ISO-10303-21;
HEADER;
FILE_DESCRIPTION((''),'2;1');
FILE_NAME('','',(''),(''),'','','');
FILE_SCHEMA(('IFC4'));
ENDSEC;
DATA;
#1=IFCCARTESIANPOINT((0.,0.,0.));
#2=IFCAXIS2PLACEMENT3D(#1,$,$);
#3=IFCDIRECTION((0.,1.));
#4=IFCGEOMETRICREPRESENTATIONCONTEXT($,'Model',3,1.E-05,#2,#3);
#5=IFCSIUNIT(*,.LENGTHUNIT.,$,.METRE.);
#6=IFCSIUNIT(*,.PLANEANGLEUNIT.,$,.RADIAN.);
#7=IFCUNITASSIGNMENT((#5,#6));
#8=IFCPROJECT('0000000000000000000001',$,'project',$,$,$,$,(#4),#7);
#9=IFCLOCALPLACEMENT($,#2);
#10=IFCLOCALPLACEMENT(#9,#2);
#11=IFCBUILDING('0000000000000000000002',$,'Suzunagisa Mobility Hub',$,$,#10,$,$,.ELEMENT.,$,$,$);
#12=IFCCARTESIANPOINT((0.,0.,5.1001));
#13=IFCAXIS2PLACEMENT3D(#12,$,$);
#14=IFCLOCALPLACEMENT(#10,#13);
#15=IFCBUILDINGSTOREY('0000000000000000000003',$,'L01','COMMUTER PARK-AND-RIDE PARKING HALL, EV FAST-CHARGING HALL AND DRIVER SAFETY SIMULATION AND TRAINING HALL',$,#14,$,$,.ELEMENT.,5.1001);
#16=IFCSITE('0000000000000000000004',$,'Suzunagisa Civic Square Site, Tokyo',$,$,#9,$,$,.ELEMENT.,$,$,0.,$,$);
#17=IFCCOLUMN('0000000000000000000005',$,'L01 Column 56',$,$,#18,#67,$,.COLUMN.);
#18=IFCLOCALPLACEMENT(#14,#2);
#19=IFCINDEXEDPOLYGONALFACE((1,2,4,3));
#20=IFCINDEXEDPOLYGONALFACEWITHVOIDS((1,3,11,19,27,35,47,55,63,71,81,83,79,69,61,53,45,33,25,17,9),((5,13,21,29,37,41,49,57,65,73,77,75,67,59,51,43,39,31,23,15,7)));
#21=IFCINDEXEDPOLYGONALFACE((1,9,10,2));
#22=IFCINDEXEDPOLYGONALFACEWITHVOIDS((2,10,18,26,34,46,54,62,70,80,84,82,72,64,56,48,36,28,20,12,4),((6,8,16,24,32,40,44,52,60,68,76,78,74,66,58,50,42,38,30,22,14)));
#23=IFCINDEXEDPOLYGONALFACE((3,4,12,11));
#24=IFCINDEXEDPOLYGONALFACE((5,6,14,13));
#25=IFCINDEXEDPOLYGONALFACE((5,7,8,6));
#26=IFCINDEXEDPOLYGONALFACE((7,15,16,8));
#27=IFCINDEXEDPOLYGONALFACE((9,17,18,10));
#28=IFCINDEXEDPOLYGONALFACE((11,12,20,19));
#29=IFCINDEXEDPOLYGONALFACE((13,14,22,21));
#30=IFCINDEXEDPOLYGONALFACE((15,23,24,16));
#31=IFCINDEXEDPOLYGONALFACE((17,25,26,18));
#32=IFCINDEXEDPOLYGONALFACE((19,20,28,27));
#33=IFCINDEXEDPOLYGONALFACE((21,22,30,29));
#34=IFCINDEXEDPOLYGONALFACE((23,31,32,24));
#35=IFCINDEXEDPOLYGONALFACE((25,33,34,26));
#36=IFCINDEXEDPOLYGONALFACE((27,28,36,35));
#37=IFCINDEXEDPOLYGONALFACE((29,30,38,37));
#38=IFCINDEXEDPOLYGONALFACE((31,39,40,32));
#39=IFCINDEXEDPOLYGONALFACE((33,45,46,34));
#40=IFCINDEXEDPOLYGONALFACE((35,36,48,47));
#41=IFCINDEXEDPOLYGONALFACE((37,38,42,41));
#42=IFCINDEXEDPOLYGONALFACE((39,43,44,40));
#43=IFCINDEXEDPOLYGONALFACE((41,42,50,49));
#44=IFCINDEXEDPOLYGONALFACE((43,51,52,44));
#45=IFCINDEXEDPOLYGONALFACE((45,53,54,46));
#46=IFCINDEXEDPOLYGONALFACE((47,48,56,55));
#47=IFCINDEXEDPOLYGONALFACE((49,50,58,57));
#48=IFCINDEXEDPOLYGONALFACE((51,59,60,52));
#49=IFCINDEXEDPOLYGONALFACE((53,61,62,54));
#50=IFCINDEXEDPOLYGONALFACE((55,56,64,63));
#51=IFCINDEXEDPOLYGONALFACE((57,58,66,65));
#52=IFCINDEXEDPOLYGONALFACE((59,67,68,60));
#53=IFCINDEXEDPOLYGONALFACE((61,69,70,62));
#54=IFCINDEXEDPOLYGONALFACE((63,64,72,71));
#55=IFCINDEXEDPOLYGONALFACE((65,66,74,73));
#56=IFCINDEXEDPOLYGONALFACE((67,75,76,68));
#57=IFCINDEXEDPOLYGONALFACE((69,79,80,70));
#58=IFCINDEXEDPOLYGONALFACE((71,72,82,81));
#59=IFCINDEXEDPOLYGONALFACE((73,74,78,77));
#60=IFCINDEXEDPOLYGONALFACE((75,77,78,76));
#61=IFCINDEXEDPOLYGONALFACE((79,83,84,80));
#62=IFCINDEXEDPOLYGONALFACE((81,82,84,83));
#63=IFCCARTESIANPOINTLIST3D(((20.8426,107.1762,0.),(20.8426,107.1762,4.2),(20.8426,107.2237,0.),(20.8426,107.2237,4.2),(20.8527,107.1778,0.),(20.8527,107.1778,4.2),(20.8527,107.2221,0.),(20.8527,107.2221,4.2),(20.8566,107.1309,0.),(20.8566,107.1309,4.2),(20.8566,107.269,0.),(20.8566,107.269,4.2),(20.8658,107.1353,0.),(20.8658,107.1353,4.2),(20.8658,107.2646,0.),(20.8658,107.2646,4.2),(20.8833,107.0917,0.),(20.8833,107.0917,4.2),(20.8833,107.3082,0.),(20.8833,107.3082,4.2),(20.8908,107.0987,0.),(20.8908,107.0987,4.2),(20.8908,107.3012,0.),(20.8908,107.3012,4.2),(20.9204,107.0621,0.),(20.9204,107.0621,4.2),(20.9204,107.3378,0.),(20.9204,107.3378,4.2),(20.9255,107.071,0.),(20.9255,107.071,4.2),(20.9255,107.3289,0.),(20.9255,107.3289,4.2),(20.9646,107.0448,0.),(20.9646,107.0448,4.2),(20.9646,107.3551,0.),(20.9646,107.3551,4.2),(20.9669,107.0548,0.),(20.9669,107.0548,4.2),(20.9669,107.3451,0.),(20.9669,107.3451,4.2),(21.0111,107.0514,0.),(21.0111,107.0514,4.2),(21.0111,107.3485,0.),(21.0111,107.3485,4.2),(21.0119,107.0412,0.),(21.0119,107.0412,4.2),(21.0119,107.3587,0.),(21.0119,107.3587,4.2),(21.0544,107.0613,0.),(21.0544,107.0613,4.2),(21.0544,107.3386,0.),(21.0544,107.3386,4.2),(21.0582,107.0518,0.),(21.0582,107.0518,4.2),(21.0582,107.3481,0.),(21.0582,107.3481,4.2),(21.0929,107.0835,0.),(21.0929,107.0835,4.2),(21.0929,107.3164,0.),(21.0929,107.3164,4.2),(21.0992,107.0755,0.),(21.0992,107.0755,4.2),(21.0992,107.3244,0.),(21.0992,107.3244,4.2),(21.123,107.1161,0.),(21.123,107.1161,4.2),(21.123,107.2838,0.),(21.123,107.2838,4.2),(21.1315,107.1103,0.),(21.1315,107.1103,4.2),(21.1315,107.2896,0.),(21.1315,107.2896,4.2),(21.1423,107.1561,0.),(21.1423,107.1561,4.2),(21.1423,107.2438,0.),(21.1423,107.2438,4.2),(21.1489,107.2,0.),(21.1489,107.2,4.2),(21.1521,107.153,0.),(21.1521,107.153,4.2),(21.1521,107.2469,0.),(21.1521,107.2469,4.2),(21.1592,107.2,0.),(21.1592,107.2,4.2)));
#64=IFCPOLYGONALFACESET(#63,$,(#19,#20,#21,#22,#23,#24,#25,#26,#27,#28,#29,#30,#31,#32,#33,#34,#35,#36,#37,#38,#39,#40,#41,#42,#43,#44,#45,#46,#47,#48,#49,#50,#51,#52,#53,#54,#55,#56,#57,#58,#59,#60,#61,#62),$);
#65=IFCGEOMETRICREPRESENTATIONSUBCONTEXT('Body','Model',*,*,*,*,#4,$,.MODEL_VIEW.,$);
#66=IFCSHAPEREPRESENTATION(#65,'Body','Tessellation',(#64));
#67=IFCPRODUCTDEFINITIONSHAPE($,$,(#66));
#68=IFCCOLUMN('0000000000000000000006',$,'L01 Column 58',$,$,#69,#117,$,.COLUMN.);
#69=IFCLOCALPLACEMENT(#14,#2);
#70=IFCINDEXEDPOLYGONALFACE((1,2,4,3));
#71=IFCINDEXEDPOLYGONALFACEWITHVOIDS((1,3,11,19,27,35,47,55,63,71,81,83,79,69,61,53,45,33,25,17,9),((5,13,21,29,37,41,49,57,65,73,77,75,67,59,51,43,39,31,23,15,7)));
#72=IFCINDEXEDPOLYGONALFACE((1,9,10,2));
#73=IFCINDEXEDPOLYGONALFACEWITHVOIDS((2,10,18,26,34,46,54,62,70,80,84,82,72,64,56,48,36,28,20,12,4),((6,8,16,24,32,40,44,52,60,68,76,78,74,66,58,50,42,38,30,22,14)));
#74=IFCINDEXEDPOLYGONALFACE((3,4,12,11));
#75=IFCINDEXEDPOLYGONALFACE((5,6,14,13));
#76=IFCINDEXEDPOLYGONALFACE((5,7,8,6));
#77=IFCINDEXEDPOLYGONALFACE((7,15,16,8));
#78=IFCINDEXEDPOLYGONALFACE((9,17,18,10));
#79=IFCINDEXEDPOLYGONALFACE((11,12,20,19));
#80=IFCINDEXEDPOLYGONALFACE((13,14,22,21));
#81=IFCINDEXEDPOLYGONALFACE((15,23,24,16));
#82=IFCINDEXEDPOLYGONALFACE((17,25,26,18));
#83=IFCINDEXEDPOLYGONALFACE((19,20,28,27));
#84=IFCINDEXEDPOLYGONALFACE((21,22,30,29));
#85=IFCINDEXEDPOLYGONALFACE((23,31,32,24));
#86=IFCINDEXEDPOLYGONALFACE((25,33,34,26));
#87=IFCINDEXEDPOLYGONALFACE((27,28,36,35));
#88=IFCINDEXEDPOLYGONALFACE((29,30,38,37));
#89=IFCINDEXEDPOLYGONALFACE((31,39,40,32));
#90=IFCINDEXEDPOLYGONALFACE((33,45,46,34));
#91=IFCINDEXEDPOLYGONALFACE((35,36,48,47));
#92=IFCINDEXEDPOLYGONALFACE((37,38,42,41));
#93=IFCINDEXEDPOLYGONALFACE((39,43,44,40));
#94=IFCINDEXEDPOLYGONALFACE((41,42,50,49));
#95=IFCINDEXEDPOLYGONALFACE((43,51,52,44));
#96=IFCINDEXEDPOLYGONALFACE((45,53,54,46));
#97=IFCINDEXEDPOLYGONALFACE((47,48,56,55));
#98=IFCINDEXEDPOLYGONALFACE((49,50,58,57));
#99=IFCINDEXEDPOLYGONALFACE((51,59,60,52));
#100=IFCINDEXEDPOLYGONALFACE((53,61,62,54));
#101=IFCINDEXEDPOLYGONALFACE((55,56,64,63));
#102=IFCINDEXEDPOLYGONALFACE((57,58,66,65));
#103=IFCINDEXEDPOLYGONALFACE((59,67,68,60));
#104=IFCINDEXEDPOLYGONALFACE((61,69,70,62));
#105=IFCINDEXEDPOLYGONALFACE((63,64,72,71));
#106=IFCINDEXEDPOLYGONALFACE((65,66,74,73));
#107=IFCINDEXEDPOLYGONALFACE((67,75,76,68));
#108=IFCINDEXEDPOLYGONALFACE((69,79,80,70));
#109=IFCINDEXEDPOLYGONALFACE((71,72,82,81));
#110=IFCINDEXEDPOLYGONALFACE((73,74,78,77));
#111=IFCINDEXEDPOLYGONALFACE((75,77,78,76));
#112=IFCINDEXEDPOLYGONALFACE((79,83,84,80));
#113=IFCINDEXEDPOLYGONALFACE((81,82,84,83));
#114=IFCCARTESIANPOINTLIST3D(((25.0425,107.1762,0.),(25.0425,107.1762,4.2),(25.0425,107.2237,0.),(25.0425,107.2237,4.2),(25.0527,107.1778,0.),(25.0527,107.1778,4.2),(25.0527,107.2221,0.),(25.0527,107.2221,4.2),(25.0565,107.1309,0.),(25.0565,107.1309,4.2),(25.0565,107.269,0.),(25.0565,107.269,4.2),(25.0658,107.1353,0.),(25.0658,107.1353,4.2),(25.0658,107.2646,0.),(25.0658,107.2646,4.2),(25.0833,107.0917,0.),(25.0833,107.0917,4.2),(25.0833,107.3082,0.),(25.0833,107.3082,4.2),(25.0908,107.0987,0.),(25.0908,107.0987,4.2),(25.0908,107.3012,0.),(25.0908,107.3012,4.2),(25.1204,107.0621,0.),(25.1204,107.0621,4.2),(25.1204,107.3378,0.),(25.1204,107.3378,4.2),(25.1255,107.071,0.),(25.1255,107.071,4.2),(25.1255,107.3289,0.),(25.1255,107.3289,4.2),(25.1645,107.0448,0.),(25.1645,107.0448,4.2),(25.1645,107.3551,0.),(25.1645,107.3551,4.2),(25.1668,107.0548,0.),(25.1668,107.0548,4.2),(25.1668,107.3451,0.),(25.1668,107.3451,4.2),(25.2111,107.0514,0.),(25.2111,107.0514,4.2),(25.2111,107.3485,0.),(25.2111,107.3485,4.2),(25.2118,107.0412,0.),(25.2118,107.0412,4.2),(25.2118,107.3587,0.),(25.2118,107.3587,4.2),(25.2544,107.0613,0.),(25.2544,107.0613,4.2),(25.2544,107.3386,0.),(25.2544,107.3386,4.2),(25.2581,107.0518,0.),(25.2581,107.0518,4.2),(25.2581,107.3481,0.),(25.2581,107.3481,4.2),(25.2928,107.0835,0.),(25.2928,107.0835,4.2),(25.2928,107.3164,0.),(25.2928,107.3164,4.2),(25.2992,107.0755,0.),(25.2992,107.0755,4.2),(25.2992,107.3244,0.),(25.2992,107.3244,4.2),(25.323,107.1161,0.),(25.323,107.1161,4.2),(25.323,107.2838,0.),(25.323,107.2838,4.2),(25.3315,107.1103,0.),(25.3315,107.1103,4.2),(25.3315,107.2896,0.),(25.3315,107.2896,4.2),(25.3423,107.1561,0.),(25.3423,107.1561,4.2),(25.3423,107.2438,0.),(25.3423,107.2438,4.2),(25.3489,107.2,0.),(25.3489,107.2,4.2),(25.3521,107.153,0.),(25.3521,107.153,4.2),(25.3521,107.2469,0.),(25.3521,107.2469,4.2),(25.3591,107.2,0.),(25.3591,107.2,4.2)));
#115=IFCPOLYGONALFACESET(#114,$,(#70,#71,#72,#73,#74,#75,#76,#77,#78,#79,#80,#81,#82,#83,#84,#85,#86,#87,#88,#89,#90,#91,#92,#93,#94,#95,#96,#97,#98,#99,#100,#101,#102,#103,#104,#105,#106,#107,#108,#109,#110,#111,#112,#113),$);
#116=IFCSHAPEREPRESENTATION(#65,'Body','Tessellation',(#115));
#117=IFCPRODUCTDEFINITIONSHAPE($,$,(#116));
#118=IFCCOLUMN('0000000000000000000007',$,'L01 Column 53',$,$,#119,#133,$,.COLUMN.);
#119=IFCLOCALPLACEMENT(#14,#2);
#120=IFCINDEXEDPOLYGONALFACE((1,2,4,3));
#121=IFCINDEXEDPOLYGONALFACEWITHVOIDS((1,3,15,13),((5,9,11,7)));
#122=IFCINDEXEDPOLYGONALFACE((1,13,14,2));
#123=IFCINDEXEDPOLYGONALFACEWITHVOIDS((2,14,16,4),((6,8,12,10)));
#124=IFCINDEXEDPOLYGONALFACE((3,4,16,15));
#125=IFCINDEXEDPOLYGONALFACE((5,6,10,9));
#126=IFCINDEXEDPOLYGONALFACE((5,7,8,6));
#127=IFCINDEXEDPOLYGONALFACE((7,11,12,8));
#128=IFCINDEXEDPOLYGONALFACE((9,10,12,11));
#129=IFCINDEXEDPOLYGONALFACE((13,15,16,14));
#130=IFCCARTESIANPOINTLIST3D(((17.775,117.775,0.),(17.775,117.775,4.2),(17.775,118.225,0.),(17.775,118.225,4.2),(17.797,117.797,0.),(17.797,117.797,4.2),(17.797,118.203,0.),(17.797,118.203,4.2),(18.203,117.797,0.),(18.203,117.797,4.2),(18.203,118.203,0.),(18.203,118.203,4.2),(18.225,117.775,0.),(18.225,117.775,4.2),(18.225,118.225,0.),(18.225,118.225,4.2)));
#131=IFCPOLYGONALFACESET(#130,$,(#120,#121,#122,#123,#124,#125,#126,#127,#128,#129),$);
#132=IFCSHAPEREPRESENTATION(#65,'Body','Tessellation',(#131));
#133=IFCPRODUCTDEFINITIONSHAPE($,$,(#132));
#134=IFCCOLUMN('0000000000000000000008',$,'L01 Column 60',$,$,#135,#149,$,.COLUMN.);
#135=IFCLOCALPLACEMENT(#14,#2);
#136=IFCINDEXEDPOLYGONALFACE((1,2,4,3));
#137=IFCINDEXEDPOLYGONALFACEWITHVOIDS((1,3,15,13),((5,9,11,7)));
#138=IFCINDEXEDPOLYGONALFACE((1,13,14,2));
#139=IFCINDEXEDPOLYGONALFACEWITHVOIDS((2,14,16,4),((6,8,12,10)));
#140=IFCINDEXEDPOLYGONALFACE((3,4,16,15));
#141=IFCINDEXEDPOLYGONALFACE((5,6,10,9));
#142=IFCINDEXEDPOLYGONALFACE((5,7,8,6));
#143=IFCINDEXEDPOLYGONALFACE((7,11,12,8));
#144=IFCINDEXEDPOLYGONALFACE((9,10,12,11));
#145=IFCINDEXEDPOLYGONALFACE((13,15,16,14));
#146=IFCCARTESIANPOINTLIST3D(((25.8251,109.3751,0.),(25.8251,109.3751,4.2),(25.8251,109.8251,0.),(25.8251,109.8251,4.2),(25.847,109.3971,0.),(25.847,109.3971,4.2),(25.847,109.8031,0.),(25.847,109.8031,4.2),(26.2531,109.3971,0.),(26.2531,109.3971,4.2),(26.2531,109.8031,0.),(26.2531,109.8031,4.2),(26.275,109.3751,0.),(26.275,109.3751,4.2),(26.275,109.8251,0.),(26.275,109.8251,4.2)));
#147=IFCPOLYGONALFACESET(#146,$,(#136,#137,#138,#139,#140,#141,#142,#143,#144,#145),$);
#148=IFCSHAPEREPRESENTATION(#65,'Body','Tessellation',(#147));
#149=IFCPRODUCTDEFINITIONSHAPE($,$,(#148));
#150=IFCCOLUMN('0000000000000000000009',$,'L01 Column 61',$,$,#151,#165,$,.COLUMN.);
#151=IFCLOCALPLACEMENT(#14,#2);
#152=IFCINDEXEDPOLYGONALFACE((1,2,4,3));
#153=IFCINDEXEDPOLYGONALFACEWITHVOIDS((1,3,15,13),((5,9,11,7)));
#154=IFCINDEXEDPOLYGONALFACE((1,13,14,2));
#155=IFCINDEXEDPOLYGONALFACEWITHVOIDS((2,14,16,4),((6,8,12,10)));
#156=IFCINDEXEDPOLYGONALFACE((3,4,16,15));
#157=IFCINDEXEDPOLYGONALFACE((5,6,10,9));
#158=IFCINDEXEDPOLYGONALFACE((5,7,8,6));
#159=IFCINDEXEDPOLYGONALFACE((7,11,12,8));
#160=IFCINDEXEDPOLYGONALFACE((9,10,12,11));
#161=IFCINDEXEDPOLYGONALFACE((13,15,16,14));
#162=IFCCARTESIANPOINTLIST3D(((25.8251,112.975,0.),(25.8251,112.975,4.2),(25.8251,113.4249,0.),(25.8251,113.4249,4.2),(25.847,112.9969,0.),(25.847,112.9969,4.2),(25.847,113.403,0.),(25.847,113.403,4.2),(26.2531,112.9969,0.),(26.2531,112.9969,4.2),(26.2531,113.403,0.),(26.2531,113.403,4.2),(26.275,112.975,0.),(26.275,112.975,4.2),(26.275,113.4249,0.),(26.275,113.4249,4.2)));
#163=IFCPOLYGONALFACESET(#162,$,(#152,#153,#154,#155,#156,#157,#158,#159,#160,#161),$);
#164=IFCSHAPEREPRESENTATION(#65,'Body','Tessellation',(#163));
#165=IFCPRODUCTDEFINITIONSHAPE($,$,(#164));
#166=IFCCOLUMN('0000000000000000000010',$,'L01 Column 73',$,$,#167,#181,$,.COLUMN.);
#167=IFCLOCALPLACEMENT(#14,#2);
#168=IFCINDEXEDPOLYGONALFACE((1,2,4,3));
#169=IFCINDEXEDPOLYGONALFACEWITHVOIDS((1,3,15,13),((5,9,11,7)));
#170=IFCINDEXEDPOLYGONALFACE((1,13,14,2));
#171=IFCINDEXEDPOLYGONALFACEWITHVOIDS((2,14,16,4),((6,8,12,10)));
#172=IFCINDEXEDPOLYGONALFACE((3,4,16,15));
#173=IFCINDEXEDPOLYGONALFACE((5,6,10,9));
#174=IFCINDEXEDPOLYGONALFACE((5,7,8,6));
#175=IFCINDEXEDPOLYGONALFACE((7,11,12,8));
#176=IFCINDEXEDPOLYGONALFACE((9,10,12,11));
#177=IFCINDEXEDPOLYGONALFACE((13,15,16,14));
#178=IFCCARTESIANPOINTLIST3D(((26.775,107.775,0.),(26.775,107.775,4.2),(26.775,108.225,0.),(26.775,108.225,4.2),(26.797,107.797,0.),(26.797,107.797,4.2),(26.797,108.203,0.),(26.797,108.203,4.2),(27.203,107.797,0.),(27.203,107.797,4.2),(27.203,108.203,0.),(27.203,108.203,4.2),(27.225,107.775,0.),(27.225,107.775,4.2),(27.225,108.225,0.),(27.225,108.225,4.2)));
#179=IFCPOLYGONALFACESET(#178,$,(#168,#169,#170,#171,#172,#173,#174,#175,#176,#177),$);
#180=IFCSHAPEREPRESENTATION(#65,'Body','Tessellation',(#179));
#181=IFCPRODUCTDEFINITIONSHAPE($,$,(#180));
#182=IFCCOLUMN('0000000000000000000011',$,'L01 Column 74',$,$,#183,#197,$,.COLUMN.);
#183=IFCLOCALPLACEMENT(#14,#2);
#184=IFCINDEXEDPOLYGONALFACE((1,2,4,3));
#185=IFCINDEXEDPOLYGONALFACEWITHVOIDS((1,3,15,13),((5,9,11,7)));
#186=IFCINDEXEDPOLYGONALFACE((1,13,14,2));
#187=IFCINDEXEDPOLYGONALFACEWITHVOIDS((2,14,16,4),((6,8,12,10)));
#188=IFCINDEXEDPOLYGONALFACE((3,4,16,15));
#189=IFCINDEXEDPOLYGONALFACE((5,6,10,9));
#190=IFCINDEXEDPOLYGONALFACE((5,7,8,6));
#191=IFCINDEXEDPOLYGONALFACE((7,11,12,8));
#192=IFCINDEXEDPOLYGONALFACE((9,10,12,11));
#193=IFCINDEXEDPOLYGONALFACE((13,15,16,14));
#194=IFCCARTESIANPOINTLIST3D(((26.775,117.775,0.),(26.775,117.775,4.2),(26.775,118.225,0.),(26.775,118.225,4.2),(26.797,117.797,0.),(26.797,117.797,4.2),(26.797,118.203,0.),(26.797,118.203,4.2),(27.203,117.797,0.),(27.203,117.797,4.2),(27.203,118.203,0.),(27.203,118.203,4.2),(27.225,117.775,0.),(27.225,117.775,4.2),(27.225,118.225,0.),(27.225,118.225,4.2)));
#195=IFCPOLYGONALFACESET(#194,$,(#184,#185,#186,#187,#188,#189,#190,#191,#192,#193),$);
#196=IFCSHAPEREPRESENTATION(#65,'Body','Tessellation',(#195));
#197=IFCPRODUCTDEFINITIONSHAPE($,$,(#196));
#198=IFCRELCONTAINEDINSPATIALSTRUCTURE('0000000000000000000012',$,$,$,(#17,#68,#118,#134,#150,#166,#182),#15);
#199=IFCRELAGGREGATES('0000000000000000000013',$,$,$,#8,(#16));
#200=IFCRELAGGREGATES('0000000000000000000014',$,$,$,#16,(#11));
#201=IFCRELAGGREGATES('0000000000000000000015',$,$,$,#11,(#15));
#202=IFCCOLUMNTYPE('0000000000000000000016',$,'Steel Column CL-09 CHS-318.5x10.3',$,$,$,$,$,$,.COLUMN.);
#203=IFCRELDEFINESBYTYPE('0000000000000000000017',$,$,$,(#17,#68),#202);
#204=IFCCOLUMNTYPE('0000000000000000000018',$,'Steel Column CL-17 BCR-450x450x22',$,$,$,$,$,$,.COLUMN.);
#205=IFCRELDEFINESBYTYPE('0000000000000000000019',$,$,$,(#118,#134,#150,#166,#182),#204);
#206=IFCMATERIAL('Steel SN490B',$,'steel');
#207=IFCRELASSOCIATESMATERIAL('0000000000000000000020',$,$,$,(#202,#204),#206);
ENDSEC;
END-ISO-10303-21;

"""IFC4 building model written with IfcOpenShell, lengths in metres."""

from ifc_helpers import new_model, si_unit, direction, frame, origin, origin_2d, place, context, subcontext, project, spatial, hollow_rectangle, hollow_circle, extrude, material, material_profile, profile_set, type_object, element, save


model = new_model("IFC4")

# Units and contexts
model_context = context("Model", 3, precision=1e-05, world=origin(), true_north=direction((0.0, 1.0)))
body_context = subcontext(model_context, "Body", "Model", "MODEL_VIEW")
ifc_project = project(units=[si_unit("LENGTHUNIT", "METRE"), si_unit("PLANEANGLEUNIT", "RADIAN")], contexts=[model_context])

# Site, building, storey
site_placement = place(None, origin())
site = spatial("IfcSite", under=ifc_project, at=site_placement, Name="Suzunagisa Civic Square Site, Tokyo", CompositionType="ELEMENT", RefElevation=0.0)
building_placement = place(site_placement, origin())
building = spatial("IfcBuilding", under=site, at=building_placement, Name="Suzunagisa Mobility Hub", CompositionType="ELEMENT")
storey_placement = place(building_placement, frame((0.0, 0.0, 5.1001)))
storey = spatial("IfcBuildingStorey", under=building, at=storey_placement, Name="L01", Description="COMMUTER PARK-AND-RIDE PARKING HALL, EV FAST-CHARGING HALL AND DRIVER SAFETY SIMULATION AND TRAINING HALL", CompositionType="ELEMENT", Elevation=5.1001)

# Columns
ifc_material_1 = material(Name="Steel SN490B", Category="steel")
ifc_material_profile_1 = material_profile(ifc_material_1, hollow_circle(Radius=0.1592, WallThickness=0.0103, at=origin_2d()), Name="CHS-318.5x10.3")
ifc_profile_set_1 = profile_set([ifc_material_profile_1], Name="Steel SN490B")
column_type_1 = type_object("IfcColumnType", Name="Steel Column CL-09 CHS-318.5x10.3", PredefinedType="COLUMN", material=ifc_profile_set_1)
for number, where, z_axis, x_axis, name in (
    (1, (21.0, 107.2, 0.0), (0.0, 0.0, 1.0), (1.0, 0.0, 0.0), "L01 Column 56"),
    (2, (25.2, 107.2, 0.0), (0.0, 0.0, 1.0), (1.0, 0.0, 0.0), "L01 Column 58"),
):
    element("IfcColumn", number, at=place(storey_placement, frame(where, z_axis=z_axis, x_axis=x_axis)), inside=storey, type_object=column_type_1, Name=name, PredefinedType="COLUMN", context=body_context, shape_type="SweptSolid", body=[
        extrude(hollow_circle(Radius=0.1592, WallThickness=0.0103, at=origin_2d()), origin(), (0.0, 0.0, 1.0), 4.2),
    ])
ifc_material_profile_2 = material_profile(ifc_material_1, hollow_rectangle(XDim=0.45, YDim=0.45, WallThickness=0.022, at=origin_2d()), Name="BCR-450x450x22")
ifc_profile_set_2 = profile_set([ifc_material_profile_2], Name="Steel SN490B")
column_type_2 = type_object("IfcColumnType", Name="Steel Column CL-17 BCR-450x450x22", PredefinedType="COLUMN", material=ifc_profile_set_2)
for number, where, z_axis, x_axis, name in (
    (3, (18.0, 118.0, 0.0), (0.0, 0.0, 1.0), (1.0, 0.0, 0.0), "L01 Column 53"),
    (4, (26.05, 109.6001, 0.0), (0.0, 0.0, 1.0), (1.0, 0.0, 0.0), "L01 Column 60"),
    (5, (26.05, 113.2, 0.0), (0.0, 0.0, 1.0), (1.0, 0.0, 0.0), "L01 Column 61"),
    (6, (27.0, 108.0, 0.0), (0.0, 0.0, 1.0), (1.0, 0.0, 0.0), "L01 Column 73"),
    (7, (27.0, 118.0, 0.0), (0.0, 0.0, 1.0), (1.0, 0.0, 0.0), "L01 Column 74"),
):
    element("IfcColumn", number, at=place(storey_placement, frame(where, z_axis=z_axis, x_axis=x_axis)), inside=storey, type_object=column_type_2, Name=name, PredefinedType="COLUMN", context=body_context, shape_type="SweptSolid", body=[
        extrude(hollow_rectangle(XDim=0.45, YDim=0.45, WallThickness=0.022, at=origin_2d()), origin(), (0.0, 0.0, 1.0), 4.2),
    ])

save(model, "model.ifc")
